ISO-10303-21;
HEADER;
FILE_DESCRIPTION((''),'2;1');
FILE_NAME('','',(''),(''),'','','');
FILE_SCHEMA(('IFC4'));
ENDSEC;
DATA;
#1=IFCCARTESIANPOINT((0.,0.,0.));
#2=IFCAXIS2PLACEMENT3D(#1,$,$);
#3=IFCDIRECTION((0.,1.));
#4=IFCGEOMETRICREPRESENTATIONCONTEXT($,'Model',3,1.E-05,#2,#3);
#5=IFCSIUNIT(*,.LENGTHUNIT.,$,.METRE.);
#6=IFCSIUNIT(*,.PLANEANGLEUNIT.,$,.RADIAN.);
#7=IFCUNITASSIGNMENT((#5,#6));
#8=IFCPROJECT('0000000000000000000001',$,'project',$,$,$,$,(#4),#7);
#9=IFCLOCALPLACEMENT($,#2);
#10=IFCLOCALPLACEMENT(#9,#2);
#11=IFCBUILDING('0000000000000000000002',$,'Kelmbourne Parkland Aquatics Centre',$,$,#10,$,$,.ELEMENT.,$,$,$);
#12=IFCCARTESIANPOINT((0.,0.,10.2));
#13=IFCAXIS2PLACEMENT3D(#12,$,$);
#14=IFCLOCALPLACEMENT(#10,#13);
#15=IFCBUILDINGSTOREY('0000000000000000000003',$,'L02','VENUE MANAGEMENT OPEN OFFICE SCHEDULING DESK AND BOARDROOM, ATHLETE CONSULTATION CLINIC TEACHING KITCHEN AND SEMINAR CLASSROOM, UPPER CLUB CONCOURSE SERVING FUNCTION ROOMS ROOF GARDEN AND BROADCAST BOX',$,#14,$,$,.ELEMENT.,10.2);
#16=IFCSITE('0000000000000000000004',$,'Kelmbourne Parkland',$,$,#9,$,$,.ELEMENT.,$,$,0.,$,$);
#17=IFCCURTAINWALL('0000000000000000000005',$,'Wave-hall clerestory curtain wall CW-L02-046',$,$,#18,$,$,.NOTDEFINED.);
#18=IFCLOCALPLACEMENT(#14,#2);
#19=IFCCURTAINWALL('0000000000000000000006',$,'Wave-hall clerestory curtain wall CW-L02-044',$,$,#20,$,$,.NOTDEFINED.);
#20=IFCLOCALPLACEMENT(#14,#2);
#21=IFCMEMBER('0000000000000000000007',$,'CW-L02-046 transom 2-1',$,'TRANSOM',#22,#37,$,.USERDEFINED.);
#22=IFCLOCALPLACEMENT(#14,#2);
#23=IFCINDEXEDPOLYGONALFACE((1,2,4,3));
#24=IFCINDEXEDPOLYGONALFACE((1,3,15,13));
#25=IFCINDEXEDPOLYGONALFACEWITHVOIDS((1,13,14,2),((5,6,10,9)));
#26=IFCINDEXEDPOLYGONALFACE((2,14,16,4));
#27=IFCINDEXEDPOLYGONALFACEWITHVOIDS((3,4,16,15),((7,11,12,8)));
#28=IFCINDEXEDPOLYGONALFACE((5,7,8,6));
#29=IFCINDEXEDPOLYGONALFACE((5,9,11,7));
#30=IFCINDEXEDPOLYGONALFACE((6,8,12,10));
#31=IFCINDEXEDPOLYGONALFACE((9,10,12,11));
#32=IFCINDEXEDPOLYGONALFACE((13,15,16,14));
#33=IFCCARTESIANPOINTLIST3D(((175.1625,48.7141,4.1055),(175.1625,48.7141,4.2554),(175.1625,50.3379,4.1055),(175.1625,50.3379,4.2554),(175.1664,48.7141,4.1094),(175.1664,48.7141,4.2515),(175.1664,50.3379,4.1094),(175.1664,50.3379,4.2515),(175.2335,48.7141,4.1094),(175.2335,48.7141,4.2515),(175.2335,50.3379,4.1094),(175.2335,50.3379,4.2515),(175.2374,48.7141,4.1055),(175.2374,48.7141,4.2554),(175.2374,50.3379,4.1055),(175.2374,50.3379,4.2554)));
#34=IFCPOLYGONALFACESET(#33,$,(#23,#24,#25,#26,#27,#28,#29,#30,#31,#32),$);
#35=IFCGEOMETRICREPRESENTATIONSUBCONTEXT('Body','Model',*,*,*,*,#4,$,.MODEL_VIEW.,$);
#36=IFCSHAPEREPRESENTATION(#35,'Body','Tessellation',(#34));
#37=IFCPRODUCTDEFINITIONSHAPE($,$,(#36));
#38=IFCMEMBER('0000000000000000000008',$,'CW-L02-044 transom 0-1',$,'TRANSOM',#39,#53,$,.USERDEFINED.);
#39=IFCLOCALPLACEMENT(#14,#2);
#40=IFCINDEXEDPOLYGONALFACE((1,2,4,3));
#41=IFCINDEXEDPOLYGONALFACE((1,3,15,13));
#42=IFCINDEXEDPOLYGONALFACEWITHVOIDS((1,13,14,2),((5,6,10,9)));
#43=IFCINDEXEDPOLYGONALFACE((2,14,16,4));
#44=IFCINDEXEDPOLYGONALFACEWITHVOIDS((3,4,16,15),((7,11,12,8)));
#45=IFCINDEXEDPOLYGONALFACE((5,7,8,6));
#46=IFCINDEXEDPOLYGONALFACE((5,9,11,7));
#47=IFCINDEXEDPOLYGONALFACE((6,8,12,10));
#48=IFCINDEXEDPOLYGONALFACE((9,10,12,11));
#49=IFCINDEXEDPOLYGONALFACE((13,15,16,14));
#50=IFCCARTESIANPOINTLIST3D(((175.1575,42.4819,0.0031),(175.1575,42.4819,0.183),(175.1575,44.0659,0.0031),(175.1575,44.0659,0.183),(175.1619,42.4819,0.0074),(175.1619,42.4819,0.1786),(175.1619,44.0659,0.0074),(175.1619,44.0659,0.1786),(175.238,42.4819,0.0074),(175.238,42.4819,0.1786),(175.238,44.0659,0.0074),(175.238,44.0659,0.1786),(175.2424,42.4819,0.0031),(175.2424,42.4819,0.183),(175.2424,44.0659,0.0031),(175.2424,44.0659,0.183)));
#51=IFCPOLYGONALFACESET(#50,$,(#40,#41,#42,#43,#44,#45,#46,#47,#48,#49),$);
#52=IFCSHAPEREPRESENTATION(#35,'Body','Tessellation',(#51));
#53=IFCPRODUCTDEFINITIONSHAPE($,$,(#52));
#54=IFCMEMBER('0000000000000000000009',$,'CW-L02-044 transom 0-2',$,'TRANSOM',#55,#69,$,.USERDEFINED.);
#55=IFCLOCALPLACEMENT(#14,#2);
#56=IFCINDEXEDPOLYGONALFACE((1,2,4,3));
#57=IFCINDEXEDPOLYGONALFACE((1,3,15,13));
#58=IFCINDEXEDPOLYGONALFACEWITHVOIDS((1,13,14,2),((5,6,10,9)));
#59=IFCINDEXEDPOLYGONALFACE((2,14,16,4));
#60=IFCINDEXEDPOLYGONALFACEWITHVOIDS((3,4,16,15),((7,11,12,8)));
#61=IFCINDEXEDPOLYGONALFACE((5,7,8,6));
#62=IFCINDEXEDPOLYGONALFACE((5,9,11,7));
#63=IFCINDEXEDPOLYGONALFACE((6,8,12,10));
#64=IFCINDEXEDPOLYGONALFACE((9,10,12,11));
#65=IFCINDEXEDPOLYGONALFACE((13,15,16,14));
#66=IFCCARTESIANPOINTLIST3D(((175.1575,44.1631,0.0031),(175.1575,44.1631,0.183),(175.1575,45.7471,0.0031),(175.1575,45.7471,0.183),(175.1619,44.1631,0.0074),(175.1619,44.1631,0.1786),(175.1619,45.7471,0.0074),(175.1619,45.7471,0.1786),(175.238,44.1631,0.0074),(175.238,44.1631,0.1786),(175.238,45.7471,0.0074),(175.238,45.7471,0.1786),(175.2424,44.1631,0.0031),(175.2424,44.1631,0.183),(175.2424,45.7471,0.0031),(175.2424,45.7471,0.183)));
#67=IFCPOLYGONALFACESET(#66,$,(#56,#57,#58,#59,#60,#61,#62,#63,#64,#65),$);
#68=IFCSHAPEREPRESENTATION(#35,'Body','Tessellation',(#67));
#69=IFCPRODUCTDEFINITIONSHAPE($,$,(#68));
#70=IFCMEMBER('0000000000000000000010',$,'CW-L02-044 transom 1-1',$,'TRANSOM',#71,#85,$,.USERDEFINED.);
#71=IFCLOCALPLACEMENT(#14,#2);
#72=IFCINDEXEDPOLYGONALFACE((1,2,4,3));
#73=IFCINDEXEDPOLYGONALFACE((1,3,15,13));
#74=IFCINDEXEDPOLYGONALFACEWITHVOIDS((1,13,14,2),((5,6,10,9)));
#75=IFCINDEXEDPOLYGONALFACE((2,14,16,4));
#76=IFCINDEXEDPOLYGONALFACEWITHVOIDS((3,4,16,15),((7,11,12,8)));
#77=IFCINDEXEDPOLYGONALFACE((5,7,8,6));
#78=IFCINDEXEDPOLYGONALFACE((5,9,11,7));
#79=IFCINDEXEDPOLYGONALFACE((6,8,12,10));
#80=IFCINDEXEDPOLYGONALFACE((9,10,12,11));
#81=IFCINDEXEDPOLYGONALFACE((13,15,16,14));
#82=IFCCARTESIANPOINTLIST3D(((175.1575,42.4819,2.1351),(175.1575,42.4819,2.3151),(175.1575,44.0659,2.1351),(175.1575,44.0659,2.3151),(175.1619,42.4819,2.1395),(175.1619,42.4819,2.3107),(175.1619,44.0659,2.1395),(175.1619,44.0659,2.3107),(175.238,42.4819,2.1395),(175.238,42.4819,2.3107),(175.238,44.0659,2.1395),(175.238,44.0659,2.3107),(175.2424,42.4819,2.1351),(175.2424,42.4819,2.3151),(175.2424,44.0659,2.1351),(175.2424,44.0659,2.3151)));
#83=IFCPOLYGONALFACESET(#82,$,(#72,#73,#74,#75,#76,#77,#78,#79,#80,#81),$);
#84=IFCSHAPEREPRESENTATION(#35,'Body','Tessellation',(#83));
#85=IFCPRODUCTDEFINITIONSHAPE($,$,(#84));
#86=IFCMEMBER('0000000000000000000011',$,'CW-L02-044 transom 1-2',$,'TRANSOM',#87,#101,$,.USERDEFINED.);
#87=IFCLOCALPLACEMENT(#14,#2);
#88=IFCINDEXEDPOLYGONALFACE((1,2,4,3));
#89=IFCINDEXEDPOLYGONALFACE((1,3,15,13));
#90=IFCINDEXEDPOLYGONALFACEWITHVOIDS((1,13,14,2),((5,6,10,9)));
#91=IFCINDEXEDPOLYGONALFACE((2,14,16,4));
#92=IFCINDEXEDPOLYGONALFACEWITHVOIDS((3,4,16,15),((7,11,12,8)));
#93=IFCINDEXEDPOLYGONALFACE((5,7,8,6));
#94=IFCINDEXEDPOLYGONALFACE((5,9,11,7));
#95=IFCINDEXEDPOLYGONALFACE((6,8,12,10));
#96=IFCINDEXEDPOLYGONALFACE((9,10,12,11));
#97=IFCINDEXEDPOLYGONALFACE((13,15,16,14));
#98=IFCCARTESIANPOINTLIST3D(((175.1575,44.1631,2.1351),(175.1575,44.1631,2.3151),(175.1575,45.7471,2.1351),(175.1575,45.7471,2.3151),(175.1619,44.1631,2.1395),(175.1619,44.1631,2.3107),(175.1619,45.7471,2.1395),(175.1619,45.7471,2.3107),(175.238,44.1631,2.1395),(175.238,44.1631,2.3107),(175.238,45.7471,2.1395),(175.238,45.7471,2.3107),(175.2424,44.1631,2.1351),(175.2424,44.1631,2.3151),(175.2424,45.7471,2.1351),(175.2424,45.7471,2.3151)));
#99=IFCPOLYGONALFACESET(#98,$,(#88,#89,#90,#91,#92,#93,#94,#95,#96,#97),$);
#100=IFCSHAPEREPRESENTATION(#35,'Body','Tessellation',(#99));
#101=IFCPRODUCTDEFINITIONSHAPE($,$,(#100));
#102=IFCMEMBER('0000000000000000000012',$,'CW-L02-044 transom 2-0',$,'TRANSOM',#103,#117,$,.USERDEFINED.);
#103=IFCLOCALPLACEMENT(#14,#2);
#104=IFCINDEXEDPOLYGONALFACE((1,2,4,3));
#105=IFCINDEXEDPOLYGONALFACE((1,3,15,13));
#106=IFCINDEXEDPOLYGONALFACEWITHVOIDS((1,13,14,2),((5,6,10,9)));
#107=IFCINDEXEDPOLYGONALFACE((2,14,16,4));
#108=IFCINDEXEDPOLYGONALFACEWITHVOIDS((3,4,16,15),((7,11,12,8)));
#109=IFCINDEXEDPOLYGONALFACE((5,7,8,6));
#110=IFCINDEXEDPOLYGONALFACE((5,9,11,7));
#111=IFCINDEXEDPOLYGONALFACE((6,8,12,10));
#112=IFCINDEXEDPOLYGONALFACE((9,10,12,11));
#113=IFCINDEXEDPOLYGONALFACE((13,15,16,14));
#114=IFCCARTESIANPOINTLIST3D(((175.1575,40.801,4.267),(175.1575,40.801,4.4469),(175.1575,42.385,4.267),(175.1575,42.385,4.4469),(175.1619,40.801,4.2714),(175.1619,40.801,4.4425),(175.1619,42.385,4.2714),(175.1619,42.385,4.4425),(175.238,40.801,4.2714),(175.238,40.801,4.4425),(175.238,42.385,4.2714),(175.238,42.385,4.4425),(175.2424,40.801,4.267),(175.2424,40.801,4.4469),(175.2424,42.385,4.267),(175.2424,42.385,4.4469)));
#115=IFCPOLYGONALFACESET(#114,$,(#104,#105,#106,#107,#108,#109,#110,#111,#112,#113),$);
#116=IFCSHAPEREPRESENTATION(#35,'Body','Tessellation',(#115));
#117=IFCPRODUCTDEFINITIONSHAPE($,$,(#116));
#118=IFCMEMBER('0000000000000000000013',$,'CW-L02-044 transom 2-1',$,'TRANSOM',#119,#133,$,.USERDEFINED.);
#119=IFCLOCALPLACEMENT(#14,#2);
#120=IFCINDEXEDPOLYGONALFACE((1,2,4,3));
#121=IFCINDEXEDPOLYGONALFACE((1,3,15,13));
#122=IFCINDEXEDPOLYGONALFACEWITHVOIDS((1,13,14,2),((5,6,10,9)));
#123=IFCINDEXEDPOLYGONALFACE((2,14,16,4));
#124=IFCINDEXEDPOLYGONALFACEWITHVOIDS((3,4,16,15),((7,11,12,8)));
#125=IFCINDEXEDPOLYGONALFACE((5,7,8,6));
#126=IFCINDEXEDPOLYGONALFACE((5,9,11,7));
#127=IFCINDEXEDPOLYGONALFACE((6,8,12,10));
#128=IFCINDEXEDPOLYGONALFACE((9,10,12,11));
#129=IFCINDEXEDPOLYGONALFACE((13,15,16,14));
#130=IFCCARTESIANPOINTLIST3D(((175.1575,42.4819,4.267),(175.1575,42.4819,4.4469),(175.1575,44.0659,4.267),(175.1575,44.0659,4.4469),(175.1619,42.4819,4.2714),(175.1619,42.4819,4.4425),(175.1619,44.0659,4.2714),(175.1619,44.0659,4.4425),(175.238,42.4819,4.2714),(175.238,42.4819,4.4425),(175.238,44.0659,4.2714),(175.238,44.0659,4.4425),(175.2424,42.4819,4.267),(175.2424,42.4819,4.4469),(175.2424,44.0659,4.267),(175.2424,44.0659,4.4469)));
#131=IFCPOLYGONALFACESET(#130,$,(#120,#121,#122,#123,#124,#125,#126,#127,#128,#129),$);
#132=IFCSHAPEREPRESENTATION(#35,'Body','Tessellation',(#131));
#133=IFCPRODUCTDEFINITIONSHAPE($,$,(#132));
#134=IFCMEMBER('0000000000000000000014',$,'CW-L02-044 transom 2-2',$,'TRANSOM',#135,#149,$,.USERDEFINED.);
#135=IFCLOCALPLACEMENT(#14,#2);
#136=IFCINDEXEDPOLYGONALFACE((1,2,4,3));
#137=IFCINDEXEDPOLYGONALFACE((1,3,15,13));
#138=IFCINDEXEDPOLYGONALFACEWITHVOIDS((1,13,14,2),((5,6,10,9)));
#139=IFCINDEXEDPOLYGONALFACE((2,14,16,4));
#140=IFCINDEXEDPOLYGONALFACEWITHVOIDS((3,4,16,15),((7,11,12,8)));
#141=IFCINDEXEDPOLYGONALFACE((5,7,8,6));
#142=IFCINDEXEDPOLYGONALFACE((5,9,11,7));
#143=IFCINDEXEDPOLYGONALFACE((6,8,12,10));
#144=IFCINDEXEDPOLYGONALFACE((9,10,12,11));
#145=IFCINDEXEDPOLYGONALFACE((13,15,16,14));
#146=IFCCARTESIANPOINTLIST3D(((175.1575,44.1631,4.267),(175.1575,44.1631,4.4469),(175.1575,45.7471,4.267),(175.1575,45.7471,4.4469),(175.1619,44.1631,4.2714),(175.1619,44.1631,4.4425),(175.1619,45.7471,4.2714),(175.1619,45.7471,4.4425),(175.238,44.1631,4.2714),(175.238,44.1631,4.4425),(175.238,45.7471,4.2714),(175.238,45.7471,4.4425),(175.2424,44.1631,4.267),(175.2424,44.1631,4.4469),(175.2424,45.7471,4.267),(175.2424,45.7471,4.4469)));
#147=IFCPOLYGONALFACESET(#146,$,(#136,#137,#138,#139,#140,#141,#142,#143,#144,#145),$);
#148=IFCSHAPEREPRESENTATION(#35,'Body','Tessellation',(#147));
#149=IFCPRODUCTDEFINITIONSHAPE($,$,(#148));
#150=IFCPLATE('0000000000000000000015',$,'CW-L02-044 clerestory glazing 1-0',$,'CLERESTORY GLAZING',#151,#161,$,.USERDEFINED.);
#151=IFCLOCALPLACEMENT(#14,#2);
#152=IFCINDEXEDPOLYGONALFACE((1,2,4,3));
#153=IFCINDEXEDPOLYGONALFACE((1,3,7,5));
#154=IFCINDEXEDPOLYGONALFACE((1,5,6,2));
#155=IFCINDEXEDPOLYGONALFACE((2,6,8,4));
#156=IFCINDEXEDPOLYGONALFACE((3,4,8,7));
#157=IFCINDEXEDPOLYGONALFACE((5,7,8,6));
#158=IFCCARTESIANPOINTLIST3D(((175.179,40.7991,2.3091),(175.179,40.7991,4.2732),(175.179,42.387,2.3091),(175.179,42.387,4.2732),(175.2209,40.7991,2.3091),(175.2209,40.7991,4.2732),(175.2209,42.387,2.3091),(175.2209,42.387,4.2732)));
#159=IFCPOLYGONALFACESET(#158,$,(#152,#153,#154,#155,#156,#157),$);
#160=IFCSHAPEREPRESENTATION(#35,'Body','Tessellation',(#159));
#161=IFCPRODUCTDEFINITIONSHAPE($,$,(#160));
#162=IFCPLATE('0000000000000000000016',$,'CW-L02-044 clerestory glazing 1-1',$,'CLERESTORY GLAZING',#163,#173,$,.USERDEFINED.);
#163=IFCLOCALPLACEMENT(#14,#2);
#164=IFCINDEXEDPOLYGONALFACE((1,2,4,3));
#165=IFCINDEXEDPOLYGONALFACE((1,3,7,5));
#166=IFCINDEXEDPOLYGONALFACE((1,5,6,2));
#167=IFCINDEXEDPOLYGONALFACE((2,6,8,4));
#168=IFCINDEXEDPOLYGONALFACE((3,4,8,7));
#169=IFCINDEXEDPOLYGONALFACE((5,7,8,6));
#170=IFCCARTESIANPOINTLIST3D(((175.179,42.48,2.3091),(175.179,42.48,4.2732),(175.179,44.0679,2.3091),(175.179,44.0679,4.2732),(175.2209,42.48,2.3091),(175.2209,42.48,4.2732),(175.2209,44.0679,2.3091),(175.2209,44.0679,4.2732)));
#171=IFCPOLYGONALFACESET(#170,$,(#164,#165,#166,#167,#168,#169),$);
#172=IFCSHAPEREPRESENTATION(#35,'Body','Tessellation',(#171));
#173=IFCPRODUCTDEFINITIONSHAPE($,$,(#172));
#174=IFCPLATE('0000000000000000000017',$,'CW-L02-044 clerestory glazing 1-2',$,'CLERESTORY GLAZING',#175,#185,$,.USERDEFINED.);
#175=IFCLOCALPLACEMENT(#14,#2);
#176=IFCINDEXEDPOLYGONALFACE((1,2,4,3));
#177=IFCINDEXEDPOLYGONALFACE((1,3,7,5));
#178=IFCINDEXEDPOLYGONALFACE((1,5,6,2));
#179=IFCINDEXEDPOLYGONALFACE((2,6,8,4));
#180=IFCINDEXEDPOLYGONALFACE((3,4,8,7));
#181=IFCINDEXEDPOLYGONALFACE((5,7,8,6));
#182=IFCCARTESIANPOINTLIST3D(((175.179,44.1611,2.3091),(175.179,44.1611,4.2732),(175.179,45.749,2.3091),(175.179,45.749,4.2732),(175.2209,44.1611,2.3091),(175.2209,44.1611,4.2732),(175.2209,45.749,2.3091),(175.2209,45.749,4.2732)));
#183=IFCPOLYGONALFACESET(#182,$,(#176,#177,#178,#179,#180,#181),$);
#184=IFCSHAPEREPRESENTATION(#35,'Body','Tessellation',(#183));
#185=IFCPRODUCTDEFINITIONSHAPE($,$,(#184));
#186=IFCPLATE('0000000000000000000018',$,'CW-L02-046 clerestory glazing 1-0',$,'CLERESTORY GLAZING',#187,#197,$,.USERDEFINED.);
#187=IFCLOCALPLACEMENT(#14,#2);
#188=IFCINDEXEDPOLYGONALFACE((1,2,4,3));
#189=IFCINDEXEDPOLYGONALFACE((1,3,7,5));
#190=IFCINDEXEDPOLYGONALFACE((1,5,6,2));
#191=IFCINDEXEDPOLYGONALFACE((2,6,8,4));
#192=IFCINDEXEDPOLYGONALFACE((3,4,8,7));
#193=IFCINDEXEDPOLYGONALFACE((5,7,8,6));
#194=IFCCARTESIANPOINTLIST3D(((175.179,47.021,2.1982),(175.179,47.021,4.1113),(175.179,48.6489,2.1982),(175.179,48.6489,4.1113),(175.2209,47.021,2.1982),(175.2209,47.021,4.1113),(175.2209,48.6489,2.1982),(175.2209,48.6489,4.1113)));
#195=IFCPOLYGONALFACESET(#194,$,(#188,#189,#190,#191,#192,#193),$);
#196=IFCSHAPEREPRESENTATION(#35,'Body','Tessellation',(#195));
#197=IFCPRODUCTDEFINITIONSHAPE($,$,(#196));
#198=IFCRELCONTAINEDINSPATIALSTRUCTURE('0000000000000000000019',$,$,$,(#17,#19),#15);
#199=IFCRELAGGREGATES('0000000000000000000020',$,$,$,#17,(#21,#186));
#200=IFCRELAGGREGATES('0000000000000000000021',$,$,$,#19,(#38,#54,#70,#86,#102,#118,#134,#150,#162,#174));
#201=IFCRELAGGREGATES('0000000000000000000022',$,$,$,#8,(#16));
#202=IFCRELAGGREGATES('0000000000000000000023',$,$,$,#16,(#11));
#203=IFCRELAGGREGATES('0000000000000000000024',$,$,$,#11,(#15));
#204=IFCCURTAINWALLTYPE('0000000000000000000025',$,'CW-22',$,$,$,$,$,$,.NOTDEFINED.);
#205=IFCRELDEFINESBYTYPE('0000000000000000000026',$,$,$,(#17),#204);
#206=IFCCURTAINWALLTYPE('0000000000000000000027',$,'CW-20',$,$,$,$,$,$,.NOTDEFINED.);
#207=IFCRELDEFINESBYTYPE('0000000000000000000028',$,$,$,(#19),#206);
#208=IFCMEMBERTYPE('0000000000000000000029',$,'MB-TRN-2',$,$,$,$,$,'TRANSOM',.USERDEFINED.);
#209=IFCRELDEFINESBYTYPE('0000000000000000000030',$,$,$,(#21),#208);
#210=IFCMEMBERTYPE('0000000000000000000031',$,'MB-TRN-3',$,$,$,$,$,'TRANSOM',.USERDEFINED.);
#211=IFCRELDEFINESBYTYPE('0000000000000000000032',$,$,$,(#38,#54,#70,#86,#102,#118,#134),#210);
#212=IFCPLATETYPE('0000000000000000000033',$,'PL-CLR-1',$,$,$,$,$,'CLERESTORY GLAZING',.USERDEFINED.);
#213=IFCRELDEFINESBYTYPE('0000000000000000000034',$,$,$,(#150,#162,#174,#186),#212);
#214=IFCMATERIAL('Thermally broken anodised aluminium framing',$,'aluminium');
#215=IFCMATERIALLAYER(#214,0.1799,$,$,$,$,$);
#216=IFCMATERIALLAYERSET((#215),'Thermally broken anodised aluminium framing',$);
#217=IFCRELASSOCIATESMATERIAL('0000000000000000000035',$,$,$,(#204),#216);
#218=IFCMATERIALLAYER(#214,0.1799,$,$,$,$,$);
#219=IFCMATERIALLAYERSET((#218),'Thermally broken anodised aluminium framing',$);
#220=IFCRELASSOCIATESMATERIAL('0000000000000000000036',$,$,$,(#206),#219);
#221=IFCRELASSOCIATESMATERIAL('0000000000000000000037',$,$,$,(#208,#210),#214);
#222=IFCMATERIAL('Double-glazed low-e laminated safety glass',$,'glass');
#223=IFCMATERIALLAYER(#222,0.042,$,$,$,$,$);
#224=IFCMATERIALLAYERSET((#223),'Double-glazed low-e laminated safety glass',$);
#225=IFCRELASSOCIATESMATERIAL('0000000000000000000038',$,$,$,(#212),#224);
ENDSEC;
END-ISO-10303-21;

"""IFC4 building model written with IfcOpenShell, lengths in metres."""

from ifc_helpers import new_model, si_unit, direction, frame, origin, origin_2d, place, context, subcontext, project, spatial, rectangle, hollow_rectangle, extrude, material, layer, layer_set, material_profile, profile_set, type_object, element, aggregate, save


model = new_model("IFC4")

# Units and contexts
model_context = context("Model", 3, precision=1e-05, world=origin(), true_north=direction((0.0, 1.0)))
body_context = subcontext(model_context, "Body", "Model", "MODEL_VIEW")
ifc_project = project(units=[si_unit("LENGTHUNIT", "METRE"), si_unit("PLANEANGLEUNIT", "RADIAN")], contexts=[model_context])

# Site, building, storey
site_placement = place(None, origin())
site = spatial("IfcSite", under=ifc_project, at=site_placement, Name="Kelmbourne Parkland", CompositionType="ELEMENT", RefElevation=0.0)
building_placement = place(site_placement, origin())
building = spatial("IfcBuilding", under=site, at=building_placement, Name="Kelmbourne Parkland Aquatics Centre", CompositionType="ELEMENT")
storey_placement = place(building_placement, frame((0.0, 0.0, 10.2)))
storey = spatial("IfcBuildingStorey", under=building, at=storey_placement, Name="L02", Description="VENUE MANAGEMENT OPEN OFFICE SCHEDULING DESK AND BOARDROOM, ATHLETE CONSULTATION CLINIC TEACHING KITCHEN AND SEMINAR CLASSROOM, UPPER CLUB CONCOURSE SERVING FUNCTION ROOMS ROOF GARDEN AND BROADCAST BOX", CompositionType="ELEMENT", Elevation=10.2)

# Curtain walls
ifc_material_1 = material(Name="Thermally broken anodised aluminium framing", Category="aluminium")
ifc_layer_1 = layer(ifc_material_1, 0.1799)
ifc_layer_set_1 = layer_set([ifc_layer_1], Name="Thermally broken anodised aluminium framing")
curtain_wall_type_1 = type_object("IfcCurtainWallType", Name="CW-22", PredefinedType="NOTDEFINED", material=ifc_layer_set_1)
curtain_wall_1_placement = place(storey_placement, origin())
curtain_wall_1 = element("IfcCurtainWall", 1, at=curtain_wall_1_placement, inside=storey, type_object=curtain_wall_type_1, Name="Wave-hall clerestory curtain wall CW-L02-046", PredefinedType="NOTDEFINED")
ifc_layer_2 = layer(ifc_material_1, 0.1799)
ifc_layer_set_2 = layer_set([ifc_layer_2], Name="Thermally broken anodised aluminium framing")
curtain_wall_type_2 = type_object("IfcCurtainWallType", Name="CW-20", PredefinedType="NOTDEFINED", material=ifc_layer_set_2)
curtain_wall_2_placement = place(storey_placement, origin())
curtain_wall_2 = element("IfcCurtainWall", 2, at=curtain_wall_2_placement, inside=storey, type_object=curtain_wall_type_2, Name="Wave-hall clerestory curtain wall CW-L02-044", PredefinedType="NOTDEFINED")

# Members
ifc_material_profile_1 = material_profile(ifc_material_1, hollow_rectangle(XDim=0.075, YDim=0.1499, WallThickness=0.0039, at=origin_2d()), Name="CW-T 75x150")
ifc_profile_set_1 = profile_set([ifc_material_profile_1], Name="Thermally broken anodised aluminium framing")
member_type_1 = type_object("IfcMemberType", Name="MB-TRN-2", ElementType="TRANSOM", PredefinedType="USERDEFINED", material=ifc_profile_set_1)
member_1_placement = place(storey_placement, frame((175.2, 48.7141, 4.1804), z_axis=(0.0, 1.0, 0.0), x_axis=(-1.0, 0.0, 0.0)))
member_1 = element("IfcMember", 3, at=member_1_placement, type_object=member_type_1, Name="CW-L02-046 transom 2-1", ObjectType="TRANSOM", PredefinedType="USERDEFINED", context=body_context, shape_type="SweptSolid", body=[
    extrude(hollow_rectangle(XDim=0.075, YDim=0.1499, WallThickness=0.0039, at=origin_2d()), origin(), (0.0, 0.0, 1.0), 1.6238),
])
ifc_material_profile_2 = material_profile(ifc_material_1, hollow_rectangle(XDim=0.085, YDim=0.1799, WallThickness=0.0044, at=origin_2d()), Name="CW-T 85x180")
ifc_profile_set_2 = profile_set([ifc_material_profile_2], Name="Thermally broken anodised aluminium framing")
member_type_2 = type_object("IfcMemberType", Name="MB-TRN-3", ElementType="TRANSOM", PredefinedType="USERDEFINED", material=ifc_profile_set_2)
member_2_placement = place(storey_placement, frame((175.2, 42.4819, 0.093), z_axis=(0.0, 1.0, 0.0), x_axis=(-1.0, 0.0, 0.0)))
member_2 = element("IfcMember", 4, at=member_2_placement, type_object=member_type_2, Name="CW-L02-044 transom 0-1", ObjectType="TRANSOM", PredefinedType="USERDEFINED", context=body_context, shape_type="SweptSolid", body=[
    extrude(hollow_rectangle(XDim=0.085, YDim=0.1799, WallThickness=0.0044, at=origin_2d()), origin(), (0.0, 0.0, 1.0), 1.584),
])
member_3_placement = place(storey_placement, frame((175.2, 44.1631, 0.093), z_axis=(0.0, 1.0, 0.0), x_axis=(-1.0, 0.0, 0.0)))
member_3 = element("IfcMember", 5, at=member_3_placement, type_object=member_type_2, Name="CW-L02-044 transom 0-2", ObjectType="TRANSOM", PredefinedType="USERDEFINED", context=body_context, shape_type="SweptSolid", body=[
    extrude(hollow_rectangle(XDim=0.085, YDim=0.1799, WallThickness=0.0044, at=origin_2d()), origin(), (0.0, 0.0, 1.0), 1.584),
])
member_4_placement = place(storey_placement, frame((175.2, 42.4819, 2.2251), z_axis=(0.0, 1.0, 0.0), x_axis=(-1.0, 0.0, 0.0)))
member_4 = element("IfcMember", 6, at=member_4_placement, type_object=member_type_2, Name="CW-L02-044 transom 1-1", ObjectType="TRANSOM", PredefinedType="USERDEFINED", context=body_context, shape_type="SweptSolid", body=[
    extrude(hollow_rectangle(XDim=0.085, YDim=0.1799, WallThickness=0.0044, at=origin_2d()), origin(), (0.0, 0.0, 1.0), 1.584),
])
member_5_placement = place(storey_placement, frame((175.2, 44.1631, 2.2251), z_axis=(0.0, 1.0, 0.0), x_axis=(-1.0, 0.0, 0.0)))
member_5 = element("IfcMember", 7, at=member_5_placement, type_object=member_type_2, Name="CW-L02-044 transom 1-2", ObjectType="TRANSOM", PredefinedType="USERDEFINED", context=body_context, shape_type="SweptSolid", body=[
    extrude(hollow_rectangle(XDim=0.085, YDim=0.1799, WallThickness=0.0044, at=origin_2d()), origin(), (0.0, 0.0, 1.0), 1.584),
])
member_6_placement = place(storey_placement, frame((175.2, 40.801, 4.3569), z_axis=(0.0, 1.0, 0.0), x_axis=(-1.0, 0.0, 0.0)))
member_6 = element("IfcMember", 8, at=member_6_placement, type_object=member_type_2, Name="CW-L02-044 transom 2-0", ObjectType="TRANSOM", PredefinedType="USERDEFINED", context=body_context, shape_type="SweptSolid", body=[
    extrude(hollow_rectangle(XDim=0.085, YDim=0.1799, WallThickness=0.0044, at=origin_2d()), origin(), (0.0, 0.0, 1.0), 1.584),
])
member_7_placement = place(storey_placement, frame((175.2, 42.4819, 4.3569), z_axis=(0.0, 1.0, 0.0), x_axis=(-1.0, 0.0, 0.0)))
member_7 = element("IfcMember", 9, at=member_7_placement, type_object=member_type_2, Name="CW-L02-044 transom 2-1", ObjectType="TRANSOM", PredefinedType="USERDEFINED", context=body_context, shape_type="SweptSolid", body=[
    extrude(hollow_rectangle(XDim=0.085, YDim=0.1799, WallThickness=0.0044, at=origin_2d()), origin(), (0.0, 0.0, 1.0), 1.584),
])
member_8_placement = place(storey_placement, frame((175.2, 44.1631, 4.3569), z_axis=(0.0, 1.0, 0.0), x_axis=(-1.0, 0.0, 0.0)))
member_8 = element("IfcMember", 10, at=member_8_placement, type_object=member_type_2, Name="CW-L02-044 transom 2-2", ObjectType="TRANSOM", PredefinedType="USERDEFINED", context=body_context, shape_type="SweptSolid", body=[
    extrude(hollow_rectangle(XDim=0.085, YDim=0.1799, WallThickness=0.0044, at=origin_2d()), origin(), (0.0, 0.0, 1.0), 1.584),
])

# Plates
ifc_material_2 = material(Name="Double-glazed low-e laminated safety glass", Category="glass")
ifc_layer_3 = layer(ifc_material_2, 0.042)
ifc_layer_set_3 = layer_set([ifc_layer_3], Name="Double-glazed low-e laminated safety glass")
plate_type_1 = type_object("IfcPlateType", Name="PL-CLR-1", ElementType="CLERESTORY GLAZING", PredefinedType="USERDEFINED", material=ifc_layer_set_3)
plate_1_placement = place(storey_placement, frame((175.2, 41.593, 2.3091), z_axis=(0.0, 0.0, 1.0), x_axis=(0.0, 1.0, 0.0)))
plate_1 = element("IfcPlate", 11, at=plate_1_placement, type_object=plate_type_1, Name="CW-L02-044 clerestory glazing 1-0", ObjectType="CLERESTORY GLAZING", PredefinedType="USERDEFINED", context=body_context, shape_type="SweptSolid", body=[
    extrude(rectangle(XDim=1.5879, YDim=0.042, at=origin_2d()), origin(), (0.0, 0.0, 1.0), 1.9641),
])
plate_2_placement = place(storey_placement, frame((175.2, 43.2739, 2.3091), z_axis=(0.0, 0.0, 1.0), x_axis=(0.0, 1.0, 0.0)))
plate_2 = element("IfcPlate", 12, at=plate_2_placement, type_object=plate_type_1, Name="CW-L02-044 clerestory glazing 1-1", ObjectType="CLERESTORY GLAZING", PredefinedType="USERDEFINED", context=body_context, shape_type="SweptSolid", body=[
    extrude(rectangle(XDim=1.5879, YDim=0.042, at=origin_2d()), origin(), (0.0, 0.0, 1.0), 1.9641),
])
plate_3_placement = place(storey_placement, frame((175.2, 44.9551, 2.3091), z_axis=(0.0, 0.0, 1.0), x_axis=(0.0, 1.0, 0.0)))
plate_3 = element("IfcPlate", 13, at=plate_3_placement, type_object=plate_type_1, Name="CW-L02-044 clerestory glazing 1-2", ObjectType="CLERESTORY GLAZING", PredefinedType="USERDEFINED", context=body_context, shape_type="SweptSolid", body=[
    extrude(rectangle(XDim=1.5879, YDim=0.042, at=origin_2d()), origin(), (0.0, 0.0, 1.0), 1.9641),
])
plate_4_placement = place(storey_placement, frame((175.2, 47.835, 2.1982), z_axis=(0.0, 0.0, 1.0), x_axis=(0.0, 1.0, 0.0)))
plate_4 = element("IfcPlate", 14, at=plate_4_placement, type_object=plate_type_1, Name="CW-L02-046 clerestory glazing 1-0", ObjectType="CLERESTORY GLAZING", PredefinedType="USERDEFINED", context=body_context, shape_type="SweptSolid", body=[
    extrude(rectangle(XDim=1.6279, YDim=0.042, at=origin_2d()), origin(), (0.0, 0.0, 1.0), 1.9131),
])
aggregate(curtain_wall_1, [member_1, plate_4])
aggregate(curtain_wall_2, [member_2, member_3, member_4, member_5, member_6, member_7, member_8, plate_1, plate_2, plate_3])

save(model, "model.ifc")
